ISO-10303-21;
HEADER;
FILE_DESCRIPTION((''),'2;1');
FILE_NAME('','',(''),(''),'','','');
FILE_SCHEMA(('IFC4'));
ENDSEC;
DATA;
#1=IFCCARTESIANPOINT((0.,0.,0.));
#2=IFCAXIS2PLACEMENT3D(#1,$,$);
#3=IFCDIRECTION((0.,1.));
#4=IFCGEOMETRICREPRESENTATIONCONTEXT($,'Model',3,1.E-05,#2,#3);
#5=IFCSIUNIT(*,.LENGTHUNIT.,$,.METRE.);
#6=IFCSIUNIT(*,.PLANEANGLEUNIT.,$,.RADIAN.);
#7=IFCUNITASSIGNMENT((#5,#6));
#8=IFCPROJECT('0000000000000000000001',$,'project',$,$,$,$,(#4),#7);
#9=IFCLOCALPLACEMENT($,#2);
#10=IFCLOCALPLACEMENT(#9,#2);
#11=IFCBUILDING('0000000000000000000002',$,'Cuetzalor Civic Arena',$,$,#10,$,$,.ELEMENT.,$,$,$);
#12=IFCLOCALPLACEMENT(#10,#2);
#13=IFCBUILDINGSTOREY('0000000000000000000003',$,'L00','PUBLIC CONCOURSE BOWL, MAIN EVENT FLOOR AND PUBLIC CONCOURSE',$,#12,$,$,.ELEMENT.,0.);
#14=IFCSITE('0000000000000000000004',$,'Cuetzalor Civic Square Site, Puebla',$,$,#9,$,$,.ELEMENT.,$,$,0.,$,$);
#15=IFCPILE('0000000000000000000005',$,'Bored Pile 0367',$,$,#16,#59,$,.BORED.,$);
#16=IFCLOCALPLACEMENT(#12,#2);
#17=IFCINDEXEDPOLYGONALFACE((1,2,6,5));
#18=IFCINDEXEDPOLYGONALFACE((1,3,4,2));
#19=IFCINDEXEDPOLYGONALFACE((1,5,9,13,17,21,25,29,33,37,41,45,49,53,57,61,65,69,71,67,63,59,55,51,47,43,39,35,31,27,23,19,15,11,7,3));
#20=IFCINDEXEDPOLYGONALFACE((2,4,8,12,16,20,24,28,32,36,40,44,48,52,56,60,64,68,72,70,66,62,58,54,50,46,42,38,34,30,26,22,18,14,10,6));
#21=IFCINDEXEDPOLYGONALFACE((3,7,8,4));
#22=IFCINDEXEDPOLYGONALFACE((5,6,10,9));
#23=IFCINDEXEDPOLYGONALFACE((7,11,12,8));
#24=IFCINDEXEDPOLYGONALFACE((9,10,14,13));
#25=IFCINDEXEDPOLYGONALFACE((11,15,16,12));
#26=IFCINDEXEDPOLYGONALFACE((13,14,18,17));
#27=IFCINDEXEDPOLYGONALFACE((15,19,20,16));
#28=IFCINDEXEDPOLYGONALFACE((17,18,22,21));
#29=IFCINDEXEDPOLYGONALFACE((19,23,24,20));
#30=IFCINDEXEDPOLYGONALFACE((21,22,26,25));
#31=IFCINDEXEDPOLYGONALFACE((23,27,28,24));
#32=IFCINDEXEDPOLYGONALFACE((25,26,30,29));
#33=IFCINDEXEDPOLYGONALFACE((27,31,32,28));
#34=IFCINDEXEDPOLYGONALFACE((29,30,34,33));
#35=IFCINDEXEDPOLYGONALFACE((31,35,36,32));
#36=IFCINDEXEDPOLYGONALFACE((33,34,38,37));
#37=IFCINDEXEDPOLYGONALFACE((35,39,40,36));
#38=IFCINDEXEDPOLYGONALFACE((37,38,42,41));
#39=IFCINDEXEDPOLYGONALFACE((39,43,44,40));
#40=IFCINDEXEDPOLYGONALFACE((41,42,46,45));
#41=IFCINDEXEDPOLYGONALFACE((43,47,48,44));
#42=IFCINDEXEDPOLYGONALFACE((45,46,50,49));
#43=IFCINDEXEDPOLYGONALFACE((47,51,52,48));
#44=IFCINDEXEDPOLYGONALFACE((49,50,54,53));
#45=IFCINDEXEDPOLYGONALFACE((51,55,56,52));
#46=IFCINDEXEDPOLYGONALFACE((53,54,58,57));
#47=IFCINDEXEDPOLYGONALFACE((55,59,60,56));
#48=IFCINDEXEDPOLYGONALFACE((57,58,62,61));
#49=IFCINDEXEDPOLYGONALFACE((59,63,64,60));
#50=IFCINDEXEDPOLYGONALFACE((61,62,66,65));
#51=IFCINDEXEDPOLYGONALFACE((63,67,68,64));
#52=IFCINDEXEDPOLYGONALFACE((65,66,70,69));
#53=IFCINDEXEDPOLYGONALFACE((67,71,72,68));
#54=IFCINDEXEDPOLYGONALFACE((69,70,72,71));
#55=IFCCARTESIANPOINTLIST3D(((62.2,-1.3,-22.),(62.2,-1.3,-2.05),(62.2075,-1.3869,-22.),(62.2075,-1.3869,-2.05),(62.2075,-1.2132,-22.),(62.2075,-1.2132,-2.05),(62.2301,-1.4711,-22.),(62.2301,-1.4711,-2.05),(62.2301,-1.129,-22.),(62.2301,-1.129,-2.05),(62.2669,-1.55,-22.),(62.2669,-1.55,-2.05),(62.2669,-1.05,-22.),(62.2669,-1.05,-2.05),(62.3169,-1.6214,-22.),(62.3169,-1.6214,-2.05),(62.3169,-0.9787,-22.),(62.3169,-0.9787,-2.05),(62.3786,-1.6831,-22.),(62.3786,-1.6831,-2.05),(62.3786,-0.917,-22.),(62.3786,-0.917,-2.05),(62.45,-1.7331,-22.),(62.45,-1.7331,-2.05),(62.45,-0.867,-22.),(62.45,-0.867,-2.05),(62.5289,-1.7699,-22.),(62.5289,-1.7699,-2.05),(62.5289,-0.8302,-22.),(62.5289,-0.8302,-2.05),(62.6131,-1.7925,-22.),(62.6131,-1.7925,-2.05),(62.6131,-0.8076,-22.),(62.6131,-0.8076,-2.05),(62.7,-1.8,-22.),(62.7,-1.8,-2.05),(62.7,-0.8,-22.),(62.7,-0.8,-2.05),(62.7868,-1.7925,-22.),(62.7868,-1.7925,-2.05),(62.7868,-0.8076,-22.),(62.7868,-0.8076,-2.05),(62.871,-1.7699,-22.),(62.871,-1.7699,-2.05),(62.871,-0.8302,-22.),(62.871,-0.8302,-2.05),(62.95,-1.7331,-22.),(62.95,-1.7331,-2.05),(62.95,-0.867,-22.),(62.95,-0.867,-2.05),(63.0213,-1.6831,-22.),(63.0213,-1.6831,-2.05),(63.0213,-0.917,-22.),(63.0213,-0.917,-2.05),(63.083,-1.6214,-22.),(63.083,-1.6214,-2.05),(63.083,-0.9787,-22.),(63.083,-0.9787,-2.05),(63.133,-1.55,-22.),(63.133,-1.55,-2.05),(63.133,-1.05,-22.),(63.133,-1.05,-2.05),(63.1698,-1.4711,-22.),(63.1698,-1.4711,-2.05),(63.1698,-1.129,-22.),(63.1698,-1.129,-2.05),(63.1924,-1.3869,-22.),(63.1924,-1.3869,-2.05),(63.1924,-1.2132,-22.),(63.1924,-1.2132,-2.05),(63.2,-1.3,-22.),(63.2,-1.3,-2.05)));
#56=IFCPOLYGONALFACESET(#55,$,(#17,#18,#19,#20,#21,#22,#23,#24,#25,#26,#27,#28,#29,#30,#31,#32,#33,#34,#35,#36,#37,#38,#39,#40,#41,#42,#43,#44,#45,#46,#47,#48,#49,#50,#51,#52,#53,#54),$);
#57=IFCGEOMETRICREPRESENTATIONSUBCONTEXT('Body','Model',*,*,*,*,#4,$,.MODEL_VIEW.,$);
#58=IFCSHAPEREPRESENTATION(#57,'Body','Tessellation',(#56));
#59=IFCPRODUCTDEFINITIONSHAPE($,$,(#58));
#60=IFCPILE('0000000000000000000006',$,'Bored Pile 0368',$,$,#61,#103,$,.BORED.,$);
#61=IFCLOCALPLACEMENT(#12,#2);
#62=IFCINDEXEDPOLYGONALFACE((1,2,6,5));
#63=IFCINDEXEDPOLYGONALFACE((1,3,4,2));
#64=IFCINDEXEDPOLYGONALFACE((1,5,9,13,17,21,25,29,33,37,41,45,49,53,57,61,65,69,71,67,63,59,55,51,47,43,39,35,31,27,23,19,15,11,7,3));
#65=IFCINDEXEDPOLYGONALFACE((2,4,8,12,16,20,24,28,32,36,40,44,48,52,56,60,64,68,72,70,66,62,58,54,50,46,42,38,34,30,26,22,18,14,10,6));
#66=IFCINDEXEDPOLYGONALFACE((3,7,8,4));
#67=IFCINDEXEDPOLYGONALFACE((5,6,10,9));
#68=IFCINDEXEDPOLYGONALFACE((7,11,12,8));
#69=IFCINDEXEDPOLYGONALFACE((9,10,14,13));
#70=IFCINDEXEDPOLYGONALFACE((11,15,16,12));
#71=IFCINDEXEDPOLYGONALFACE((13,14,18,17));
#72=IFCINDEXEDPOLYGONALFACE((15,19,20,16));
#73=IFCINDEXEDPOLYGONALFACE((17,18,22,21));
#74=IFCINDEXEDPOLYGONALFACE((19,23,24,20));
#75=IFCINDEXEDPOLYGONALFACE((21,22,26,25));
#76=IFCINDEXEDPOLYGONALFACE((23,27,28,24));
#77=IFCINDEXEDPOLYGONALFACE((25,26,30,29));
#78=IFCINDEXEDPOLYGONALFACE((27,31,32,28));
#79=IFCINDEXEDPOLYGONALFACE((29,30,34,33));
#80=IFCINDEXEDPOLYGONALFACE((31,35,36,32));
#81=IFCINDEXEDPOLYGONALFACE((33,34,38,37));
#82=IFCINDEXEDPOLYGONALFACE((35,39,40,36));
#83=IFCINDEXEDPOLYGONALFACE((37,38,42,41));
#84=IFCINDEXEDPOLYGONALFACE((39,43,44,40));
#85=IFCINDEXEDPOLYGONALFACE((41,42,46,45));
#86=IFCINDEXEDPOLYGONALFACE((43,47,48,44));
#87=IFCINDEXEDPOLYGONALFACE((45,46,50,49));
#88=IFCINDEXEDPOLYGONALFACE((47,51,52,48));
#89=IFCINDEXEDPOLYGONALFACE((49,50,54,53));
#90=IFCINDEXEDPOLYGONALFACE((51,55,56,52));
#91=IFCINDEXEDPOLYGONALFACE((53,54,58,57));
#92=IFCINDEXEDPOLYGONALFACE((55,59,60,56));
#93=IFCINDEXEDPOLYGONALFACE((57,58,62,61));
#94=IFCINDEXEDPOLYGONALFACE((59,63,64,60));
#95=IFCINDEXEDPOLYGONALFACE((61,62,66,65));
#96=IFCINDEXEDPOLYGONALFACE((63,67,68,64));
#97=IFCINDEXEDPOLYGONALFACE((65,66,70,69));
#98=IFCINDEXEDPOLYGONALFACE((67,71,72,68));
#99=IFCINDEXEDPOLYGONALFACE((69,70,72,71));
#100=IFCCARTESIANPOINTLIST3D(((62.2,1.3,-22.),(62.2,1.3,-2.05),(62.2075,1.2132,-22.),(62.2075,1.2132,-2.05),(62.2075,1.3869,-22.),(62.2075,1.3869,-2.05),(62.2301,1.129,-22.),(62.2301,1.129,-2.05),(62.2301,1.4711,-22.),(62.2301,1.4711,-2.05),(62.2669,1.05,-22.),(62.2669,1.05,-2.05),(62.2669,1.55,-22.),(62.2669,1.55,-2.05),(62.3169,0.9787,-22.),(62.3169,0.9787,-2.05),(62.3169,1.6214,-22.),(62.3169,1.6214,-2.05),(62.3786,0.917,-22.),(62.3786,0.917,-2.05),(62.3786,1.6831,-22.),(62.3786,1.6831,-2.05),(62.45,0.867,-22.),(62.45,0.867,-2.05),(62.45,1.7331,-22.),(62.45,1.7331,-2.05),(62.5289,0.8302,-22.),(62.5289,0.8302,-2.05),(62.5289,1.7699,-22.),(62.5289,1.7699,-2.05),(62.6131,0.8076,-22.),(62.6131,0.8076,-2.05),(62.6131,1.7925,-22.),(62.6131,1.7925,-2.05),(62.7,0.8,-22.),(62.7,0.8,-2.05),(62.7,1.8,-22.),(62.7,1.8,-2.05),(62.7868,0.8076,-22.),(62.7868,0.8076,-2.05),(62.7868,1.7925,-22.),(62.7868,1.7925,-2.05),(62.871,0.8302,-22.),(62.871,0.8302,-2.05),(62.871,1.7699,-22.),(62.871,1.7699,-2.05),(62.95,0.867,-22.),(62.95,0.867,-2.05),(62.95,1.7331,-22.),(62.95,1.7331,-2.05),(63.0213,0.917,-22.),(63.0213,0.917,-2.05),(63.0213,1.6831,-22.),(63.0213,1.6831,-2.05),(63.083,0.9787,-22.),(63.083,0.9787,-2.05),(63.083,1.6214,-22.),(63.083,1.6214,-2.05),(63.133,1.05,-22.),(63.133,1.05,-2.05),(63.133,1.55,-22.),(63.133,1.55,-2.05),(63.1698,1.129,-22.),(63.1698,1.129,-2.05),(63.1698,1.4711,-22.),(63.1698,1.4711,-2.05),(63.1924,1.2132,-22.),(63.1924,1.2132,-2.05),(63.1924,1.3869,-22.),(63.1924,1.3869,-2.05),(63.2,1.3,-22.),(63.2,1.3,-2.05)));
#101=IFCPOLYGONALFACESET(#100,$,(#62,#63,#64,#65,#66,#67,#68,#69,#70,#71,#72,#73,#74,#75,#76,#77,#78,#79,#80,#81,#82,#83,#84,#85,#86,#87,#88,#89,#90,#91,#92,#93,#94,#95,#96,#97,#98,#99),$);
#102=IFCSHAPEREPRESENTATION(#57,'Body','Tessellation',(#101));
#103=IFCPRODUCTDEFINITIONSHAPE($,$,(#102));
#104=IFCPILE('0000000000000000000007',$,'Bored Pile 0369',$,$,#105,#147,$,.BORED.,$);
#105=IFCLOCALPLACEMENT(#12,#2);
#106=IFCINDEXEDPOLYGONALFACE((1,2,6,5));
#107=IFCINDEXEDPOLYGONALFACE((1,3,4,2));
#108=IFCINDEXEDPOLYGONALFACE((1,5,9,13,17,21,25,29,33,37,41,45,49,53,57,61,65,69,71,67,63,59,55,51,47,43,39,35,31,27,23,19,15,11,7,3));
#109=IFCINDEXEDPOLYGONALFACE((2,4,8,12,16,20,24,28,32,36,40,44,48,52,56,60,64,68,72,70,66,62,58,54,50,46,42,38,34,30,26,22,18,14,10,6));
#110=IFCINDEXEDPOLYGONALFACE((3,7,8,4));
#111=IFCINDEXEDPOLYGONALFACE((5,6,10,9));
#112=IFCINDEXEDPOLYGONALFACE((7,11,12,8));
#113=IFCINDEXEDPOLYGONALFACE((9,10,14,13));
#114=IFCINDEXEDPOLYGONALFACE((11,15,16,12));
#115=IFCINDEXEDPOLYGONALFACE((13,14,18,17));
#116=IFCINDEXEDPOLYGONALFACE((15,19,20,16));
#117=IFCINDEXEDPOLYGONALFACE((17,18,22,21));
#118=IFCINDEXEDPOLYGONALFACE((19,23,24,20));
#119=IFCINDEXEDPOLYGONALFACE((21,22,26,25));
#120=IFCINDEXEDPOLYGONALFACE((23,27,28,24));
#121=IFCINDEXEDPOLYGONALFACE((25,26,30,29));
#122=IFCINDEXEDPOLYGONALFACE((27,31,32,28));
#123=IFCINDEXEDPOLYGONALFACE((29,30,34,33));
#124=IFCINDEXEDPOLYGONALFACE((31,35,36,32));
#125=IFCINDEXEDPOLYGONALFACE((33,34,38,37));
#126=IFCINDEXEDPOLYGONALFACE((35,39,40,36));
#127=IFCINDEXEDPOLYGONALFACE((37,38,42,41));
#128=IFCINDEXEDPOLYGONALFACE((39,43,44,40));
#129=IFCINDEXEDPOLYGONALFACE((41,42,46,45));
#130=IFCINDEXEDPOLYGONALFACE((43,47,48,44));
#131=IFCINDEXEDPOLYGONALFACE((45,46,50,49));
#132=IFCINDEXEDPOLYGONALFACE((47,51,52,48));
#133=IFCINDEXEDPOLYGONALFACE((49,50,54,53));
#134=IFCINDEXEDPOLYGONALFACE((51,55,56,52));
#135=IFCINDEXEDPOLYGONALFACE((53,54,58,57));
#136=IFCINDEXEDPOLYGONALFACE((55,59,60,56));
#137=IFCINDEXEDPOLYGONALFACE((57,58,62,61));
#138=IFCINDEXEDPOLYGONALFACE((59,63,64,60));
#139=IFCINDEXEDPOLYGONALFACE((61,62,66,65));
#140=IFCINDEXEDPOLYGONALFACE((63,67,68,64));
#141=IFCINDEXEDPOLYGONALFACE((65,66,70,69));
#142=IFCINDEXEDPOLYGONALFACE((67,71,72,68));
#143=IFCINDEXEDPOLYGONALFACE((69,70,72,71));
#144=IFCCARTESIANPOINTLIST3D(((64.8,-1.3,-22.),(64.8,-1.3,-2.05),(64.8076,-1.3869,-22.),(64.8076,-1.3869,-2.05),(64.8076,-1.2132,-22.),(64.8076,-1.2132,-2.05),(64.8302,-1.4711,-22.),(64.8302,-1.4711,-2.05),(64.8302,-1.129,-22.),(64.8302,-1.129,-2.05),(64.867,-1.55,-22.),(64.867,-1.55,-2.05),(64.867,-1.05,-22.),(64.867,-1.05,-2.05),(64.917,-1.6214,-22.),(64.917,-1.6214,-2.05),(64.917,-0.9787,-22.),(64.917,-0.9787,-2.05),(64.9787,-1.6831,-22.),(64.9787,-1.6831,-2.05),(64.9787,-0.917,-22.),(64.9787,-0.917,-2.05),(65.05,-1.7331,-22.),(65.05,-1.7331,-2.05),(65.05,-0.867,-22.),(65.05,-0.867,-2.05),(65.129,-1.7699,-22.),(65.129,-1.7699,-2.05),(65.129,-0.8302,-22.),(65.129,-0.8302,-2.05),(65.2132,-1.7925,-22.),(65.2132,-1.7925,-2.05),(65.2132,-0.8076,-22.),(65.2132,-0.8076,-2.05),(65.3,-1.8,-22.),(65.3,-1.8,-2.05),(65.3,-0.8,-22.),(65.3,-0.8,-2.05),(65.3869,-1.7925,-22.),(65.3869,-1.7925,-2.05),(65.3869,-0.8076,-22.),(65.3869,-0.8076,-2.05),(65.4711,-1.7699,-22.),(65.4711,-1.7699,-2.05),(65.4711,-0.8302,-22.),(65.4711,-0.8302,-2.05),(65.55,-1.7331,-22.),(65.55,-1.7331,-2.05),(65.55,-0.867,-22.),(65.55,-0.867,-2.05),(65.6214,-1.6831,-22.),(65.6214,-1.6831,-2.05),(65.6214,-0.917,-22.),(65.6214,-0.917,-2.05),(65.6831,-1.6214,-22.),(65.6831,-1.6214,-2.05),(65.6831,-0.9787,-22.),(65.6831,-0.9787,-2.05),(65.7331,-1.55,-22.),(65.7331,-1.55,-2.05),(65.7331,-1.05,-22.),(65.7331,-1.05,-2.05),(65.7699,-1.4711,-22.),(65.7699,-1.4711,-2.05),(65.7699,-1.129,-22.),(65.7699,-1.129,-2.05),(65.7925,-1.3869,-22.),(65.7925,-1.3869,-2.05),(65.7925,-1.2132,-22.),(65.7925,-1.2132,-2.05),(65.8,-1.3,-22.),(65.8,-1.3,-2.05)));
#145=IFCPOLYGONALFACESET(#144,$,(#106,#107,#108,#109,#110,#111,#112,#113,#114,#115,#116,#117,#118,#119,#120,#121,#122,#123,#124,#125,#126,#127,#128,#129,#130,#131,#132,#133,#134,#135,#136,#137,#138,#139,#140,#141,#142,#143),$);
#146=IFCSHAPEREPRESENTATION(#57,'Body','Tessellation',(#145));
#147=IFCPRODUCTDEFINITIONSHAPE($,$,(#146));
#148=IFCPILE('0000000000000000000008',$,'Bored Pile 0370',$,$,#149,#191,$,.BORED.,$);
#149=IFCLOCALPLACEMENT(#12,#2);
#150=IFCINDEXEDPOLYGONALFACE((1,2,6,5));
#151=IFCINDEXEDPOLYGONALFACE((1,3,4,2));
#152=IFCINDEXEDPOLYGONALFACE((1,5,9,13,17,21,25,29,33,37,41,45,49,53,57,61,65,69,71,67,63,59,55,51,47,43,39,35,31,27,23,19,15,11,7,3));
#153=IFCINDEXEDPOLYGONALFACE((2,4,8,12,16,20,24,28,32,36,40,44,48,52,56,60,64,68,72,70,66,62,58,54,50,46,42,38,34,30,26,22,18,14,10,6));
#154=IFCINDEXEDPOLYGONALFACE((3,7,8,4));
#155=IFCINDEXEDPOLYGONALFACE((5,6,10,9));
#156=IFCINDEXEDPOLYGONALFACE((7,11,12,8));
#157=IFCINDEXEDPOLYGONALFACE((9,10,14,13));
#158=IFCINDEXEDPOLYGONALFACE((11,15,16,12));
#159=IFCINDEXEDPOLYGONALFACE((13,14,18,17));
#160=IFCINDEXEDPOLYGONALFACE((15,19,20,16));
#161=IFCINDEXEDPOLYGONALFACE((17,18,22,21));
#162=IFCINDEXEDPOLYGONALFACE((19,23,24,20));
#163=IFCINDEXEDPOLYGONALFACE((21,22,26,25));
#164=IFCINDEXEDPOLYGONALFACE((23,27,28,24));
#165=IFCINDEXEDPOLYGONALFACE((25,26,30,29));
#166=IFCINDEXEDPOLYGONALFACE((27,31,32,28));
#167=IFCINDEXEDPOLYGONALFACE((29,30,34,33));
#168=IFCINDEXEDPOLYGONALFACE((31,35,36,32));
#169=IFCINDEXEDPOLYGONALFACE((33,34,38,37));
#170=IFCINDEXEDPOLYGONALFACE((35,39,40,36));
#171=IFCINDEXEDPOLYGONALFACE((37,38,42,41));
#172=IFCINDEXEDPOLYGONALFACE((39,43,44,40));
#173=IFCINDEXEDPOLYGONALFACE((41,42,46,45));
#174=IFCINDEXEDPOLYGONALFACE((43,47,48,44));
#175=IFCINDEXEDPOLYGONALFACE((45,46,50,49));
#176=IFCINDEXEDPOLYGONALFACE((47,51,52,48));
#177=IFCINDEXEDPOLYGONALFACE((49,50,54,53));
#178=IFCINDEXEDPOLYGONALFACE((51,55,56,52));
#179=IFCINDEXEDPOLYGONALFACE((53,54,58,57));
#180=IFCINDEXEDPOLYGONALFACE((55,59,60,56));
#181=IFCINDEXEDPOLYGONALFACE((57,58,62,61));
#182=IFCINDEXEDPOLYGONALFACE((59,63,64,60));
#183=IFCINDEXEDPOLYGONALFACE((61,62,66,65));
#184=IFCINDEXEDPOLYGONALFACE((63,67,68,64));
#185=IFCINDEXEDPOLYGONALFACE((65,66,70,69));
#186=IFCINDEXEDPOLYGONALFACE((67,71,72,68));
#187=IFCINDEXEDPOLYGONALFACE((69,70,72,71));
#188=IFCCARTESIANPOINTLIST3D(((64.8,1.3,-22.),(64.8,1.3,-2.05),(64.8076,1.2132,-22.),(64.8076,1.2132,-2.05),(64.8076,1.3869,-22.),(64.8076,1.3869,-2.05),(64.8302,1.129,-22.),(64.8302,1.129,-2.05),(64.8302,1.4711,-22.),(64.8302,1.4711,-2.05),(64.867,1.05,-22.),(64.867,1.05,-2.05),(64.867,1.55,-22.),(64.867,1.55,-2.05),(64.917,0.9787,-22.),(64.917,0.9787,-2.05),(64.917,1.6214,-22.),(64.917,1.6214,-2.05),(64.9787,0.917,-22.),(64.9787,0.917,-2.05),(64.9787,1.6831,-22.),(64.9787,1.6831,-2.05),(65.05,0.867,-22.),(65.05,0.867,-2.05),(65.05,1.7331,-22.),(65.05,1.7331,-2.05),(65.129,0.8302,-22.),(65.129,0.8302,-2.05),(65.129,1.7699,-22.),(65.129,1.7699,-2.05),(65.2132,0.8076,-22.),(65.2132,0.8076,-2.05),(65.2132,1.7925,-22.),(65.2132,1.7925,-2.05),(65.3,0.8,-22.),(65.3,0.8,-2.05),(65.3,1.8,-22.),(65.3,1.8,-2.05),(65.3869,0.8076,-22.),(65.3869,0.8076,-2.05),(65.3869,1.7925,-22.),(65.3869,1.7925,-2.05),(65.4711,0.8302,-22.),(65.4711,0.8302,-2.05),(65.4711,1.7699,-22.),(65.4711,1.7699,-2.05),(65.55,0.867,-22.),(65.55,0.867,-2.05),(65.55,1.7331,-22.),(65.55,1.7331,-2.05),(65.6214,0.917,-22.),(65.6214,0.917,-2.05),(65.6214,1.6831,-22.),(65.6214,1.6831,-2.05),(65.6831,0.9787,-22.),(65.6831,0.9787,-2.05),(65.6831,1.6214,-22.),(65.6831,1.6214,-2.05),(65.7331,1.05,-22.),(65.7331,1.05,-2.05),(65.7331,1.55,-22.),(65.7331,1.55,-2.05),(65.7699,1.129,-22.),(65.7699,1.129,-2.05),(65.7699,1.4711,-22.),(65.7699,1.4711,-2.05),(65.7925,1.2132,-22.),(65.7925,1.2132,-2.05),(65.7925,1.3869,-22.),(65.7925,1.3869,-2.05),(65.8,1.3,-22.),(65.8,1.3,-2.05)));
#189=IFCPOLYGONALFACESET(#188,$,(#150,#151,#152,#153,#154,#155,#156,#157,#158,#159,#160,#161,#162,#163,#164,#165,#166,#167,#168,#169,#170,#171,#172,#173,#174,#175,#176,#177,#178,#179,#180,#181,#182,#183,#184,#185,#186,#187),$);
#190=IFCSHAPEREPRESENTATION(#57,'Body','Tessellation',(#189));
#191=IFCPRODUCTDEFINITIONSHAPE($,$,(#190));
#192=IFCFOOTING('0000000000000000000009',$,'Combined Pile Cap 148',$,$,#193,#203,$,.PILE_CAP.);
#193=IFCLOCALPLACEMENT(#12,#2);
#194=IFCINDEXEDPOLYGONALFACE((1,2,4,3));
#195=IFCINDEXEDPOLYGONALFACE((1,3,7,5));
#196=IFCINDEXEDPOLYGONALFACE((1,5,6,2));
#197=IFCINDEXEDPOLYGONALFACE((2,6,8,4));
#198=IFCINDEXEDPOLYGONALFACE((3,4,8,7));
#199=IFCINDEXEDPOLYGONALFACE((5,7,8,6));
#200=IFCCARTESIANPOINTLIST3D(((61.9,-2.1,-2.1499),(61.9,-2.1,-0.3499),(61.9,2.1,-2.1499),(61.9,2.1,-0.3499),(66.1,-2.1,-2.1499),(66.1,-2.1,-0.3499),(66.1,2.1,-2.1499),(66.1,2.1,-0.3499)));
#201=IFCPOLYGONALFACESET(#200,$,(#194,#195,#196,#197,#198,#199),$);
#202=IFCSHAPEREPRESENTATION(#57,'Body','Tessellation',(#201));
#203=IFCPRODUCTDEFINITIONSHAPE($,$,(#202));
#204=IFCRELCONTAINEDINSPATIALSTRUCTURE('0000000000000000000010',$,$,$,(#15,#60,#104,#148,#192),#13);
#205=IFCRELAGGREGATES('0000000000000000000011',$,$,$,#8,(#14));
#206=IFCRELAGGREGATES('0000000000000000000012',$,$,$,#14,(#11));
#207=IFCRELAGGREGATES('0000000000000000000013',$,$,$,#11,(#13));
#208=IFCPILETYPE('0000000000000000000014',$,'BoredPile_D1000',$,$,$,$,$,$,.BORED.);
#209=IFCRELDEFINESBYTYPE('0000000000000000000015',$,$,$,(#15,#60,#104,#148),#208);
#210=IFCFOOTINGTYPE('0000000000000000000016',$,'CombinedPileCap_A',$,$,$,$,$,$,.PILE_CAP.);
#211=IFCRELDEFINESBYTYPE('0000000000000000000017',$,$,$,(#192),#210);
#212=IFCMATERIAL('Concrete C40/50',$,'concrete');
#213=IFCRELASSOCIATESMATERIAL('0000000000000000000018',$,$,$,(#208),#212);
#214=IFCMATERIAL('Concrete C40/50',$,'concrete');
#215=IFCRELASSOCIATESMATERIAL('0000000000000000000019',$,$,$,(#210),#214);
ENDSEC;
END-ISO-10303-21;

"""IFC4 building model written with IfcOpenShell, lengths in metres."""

from ifc_helpers import new_model, si_unit, direction, frame, origin, origin_2d, place, context, subcontext, project, spatial, rectangle, circle, extrude, material, material_profile, profile_set, type_object, element, save


model = new_model("IFC4")

# Units and contexts
model_context = context("Model", 3, precision=1e-05, world=origin(), true_north=direction((0.0, 1.0)))
body_context = subcontext(model_context, "Body", "Model", "MODEL_VIEW")
ifc_project = project(units=[si_unit("LENGTHUNIT", "METRE"), si_unit("PLANEANGLEUNIT", "RADIAN")], contexts=[model_context])

# Site, building, storey
site_placement = place(None, origin())
site = spatial("IfcSite", under=ifc_project, at=site_placement, Name="Cuetzalor Civic Square Site, Puebla", CompositionType="ELEMENT", RefElevation=0.0)
building_placement = place(site_placement, origin())
building = spatial("IfcBuilding", under=site, at=building_placement, Name="Cuetzalor Civic Arena", CompositionType="ELEMENT")
storey_placement = place(building_placement, origin())
storey = spatial("IfcBuildingStorey", under=building, at=storey_placement, Name="L00", Description="PUBLIC CONCOURSE BOWL, MAIN EVENT FLOOR AND PUBLIC CONCOURSE", CompositionType="ELEMENT", Elevation=0.0)

# Piles
ifc_material_1 = material(Name="Concrete C40/50", Category="concrete")
ifc_material_profile_1 = material_profile(ifc_material_1, circle(Radius=0.5, at=origin_2d()), Name="BORED PILE D1000")
ifc_profile_set_1 = profile_set([ifc_material_profile_1], Name="Concrete C40/50")
pile_type = type_object("IfcPileType", Name="BoredPile_D1000", PredefinedType="BORED", material=ifc_profile_set_1)
for number, where, z_axis, x_axis, name in (
    (1, (62.7, -1.3, -2.05), (0.0, 0.0, -1.0), (1.0, 0.0, 0.0), "Bored Pile 0367"),
    (2, (62.7, 1.3, -2.05), (0.0, 0.0, -1.0), (1.0, 0.0, 0.0), "Bored Pile 0368"),
    (3, (65.3, -1.3, -2.05), (0.0, 0.0, -1.0), (1.0, 0.0, 0.0), "Bored Pile 0369"),
    (4, (65.3, 1.3, -2.05), (0.0, 0.0, -1.0), (1.0, 0.0, 0.0), "Bored Pile 0370"),
):
    element("IfcPile", number, at=place(storey_placement, frame(where, z_axis=z_axis, x_axis=x_axis)), inside=storey, type_object=pile_type, Name=name, PredefinedType="BORED", context=body_context, shape_type="SweptSolid", body=[
        extrude(circle(Radius=0.5, at=origin_2d()), origin(), (0.0, 0.0, 1.0), 19.95),
    ])

# Footing
ifc_material_2 = material(Name="Concrete C40/50", Category="concrete")
footing_type_1 = type_object("IfcFootingType", Name="CombinedPileCap_A", PredefinedType="PILE_CAP", material=ifc_material_2)
footing_1_placement = place(storey_placement, frame((64.0, 0.0, -2.1499), z_axis=(0.0, 0.0, 1.0), x_axis=(1.0, 0.0, 0.0)))
element("IfcFooting", 5, at=footing_1_placement, inside=storey, type_object=footing_type_1, Name="Combined Pile Cap 148", PredefinedType="PILE_CAP", context=body_context, shape_type="SweptSolid", body=[
    extrude(rectangle(XDim=4.2, YDim=4.2, at=origin_2d()), origin(), (0.0, 0.0, 1.0), 1.8),
])

save(model, "model.ifc")
